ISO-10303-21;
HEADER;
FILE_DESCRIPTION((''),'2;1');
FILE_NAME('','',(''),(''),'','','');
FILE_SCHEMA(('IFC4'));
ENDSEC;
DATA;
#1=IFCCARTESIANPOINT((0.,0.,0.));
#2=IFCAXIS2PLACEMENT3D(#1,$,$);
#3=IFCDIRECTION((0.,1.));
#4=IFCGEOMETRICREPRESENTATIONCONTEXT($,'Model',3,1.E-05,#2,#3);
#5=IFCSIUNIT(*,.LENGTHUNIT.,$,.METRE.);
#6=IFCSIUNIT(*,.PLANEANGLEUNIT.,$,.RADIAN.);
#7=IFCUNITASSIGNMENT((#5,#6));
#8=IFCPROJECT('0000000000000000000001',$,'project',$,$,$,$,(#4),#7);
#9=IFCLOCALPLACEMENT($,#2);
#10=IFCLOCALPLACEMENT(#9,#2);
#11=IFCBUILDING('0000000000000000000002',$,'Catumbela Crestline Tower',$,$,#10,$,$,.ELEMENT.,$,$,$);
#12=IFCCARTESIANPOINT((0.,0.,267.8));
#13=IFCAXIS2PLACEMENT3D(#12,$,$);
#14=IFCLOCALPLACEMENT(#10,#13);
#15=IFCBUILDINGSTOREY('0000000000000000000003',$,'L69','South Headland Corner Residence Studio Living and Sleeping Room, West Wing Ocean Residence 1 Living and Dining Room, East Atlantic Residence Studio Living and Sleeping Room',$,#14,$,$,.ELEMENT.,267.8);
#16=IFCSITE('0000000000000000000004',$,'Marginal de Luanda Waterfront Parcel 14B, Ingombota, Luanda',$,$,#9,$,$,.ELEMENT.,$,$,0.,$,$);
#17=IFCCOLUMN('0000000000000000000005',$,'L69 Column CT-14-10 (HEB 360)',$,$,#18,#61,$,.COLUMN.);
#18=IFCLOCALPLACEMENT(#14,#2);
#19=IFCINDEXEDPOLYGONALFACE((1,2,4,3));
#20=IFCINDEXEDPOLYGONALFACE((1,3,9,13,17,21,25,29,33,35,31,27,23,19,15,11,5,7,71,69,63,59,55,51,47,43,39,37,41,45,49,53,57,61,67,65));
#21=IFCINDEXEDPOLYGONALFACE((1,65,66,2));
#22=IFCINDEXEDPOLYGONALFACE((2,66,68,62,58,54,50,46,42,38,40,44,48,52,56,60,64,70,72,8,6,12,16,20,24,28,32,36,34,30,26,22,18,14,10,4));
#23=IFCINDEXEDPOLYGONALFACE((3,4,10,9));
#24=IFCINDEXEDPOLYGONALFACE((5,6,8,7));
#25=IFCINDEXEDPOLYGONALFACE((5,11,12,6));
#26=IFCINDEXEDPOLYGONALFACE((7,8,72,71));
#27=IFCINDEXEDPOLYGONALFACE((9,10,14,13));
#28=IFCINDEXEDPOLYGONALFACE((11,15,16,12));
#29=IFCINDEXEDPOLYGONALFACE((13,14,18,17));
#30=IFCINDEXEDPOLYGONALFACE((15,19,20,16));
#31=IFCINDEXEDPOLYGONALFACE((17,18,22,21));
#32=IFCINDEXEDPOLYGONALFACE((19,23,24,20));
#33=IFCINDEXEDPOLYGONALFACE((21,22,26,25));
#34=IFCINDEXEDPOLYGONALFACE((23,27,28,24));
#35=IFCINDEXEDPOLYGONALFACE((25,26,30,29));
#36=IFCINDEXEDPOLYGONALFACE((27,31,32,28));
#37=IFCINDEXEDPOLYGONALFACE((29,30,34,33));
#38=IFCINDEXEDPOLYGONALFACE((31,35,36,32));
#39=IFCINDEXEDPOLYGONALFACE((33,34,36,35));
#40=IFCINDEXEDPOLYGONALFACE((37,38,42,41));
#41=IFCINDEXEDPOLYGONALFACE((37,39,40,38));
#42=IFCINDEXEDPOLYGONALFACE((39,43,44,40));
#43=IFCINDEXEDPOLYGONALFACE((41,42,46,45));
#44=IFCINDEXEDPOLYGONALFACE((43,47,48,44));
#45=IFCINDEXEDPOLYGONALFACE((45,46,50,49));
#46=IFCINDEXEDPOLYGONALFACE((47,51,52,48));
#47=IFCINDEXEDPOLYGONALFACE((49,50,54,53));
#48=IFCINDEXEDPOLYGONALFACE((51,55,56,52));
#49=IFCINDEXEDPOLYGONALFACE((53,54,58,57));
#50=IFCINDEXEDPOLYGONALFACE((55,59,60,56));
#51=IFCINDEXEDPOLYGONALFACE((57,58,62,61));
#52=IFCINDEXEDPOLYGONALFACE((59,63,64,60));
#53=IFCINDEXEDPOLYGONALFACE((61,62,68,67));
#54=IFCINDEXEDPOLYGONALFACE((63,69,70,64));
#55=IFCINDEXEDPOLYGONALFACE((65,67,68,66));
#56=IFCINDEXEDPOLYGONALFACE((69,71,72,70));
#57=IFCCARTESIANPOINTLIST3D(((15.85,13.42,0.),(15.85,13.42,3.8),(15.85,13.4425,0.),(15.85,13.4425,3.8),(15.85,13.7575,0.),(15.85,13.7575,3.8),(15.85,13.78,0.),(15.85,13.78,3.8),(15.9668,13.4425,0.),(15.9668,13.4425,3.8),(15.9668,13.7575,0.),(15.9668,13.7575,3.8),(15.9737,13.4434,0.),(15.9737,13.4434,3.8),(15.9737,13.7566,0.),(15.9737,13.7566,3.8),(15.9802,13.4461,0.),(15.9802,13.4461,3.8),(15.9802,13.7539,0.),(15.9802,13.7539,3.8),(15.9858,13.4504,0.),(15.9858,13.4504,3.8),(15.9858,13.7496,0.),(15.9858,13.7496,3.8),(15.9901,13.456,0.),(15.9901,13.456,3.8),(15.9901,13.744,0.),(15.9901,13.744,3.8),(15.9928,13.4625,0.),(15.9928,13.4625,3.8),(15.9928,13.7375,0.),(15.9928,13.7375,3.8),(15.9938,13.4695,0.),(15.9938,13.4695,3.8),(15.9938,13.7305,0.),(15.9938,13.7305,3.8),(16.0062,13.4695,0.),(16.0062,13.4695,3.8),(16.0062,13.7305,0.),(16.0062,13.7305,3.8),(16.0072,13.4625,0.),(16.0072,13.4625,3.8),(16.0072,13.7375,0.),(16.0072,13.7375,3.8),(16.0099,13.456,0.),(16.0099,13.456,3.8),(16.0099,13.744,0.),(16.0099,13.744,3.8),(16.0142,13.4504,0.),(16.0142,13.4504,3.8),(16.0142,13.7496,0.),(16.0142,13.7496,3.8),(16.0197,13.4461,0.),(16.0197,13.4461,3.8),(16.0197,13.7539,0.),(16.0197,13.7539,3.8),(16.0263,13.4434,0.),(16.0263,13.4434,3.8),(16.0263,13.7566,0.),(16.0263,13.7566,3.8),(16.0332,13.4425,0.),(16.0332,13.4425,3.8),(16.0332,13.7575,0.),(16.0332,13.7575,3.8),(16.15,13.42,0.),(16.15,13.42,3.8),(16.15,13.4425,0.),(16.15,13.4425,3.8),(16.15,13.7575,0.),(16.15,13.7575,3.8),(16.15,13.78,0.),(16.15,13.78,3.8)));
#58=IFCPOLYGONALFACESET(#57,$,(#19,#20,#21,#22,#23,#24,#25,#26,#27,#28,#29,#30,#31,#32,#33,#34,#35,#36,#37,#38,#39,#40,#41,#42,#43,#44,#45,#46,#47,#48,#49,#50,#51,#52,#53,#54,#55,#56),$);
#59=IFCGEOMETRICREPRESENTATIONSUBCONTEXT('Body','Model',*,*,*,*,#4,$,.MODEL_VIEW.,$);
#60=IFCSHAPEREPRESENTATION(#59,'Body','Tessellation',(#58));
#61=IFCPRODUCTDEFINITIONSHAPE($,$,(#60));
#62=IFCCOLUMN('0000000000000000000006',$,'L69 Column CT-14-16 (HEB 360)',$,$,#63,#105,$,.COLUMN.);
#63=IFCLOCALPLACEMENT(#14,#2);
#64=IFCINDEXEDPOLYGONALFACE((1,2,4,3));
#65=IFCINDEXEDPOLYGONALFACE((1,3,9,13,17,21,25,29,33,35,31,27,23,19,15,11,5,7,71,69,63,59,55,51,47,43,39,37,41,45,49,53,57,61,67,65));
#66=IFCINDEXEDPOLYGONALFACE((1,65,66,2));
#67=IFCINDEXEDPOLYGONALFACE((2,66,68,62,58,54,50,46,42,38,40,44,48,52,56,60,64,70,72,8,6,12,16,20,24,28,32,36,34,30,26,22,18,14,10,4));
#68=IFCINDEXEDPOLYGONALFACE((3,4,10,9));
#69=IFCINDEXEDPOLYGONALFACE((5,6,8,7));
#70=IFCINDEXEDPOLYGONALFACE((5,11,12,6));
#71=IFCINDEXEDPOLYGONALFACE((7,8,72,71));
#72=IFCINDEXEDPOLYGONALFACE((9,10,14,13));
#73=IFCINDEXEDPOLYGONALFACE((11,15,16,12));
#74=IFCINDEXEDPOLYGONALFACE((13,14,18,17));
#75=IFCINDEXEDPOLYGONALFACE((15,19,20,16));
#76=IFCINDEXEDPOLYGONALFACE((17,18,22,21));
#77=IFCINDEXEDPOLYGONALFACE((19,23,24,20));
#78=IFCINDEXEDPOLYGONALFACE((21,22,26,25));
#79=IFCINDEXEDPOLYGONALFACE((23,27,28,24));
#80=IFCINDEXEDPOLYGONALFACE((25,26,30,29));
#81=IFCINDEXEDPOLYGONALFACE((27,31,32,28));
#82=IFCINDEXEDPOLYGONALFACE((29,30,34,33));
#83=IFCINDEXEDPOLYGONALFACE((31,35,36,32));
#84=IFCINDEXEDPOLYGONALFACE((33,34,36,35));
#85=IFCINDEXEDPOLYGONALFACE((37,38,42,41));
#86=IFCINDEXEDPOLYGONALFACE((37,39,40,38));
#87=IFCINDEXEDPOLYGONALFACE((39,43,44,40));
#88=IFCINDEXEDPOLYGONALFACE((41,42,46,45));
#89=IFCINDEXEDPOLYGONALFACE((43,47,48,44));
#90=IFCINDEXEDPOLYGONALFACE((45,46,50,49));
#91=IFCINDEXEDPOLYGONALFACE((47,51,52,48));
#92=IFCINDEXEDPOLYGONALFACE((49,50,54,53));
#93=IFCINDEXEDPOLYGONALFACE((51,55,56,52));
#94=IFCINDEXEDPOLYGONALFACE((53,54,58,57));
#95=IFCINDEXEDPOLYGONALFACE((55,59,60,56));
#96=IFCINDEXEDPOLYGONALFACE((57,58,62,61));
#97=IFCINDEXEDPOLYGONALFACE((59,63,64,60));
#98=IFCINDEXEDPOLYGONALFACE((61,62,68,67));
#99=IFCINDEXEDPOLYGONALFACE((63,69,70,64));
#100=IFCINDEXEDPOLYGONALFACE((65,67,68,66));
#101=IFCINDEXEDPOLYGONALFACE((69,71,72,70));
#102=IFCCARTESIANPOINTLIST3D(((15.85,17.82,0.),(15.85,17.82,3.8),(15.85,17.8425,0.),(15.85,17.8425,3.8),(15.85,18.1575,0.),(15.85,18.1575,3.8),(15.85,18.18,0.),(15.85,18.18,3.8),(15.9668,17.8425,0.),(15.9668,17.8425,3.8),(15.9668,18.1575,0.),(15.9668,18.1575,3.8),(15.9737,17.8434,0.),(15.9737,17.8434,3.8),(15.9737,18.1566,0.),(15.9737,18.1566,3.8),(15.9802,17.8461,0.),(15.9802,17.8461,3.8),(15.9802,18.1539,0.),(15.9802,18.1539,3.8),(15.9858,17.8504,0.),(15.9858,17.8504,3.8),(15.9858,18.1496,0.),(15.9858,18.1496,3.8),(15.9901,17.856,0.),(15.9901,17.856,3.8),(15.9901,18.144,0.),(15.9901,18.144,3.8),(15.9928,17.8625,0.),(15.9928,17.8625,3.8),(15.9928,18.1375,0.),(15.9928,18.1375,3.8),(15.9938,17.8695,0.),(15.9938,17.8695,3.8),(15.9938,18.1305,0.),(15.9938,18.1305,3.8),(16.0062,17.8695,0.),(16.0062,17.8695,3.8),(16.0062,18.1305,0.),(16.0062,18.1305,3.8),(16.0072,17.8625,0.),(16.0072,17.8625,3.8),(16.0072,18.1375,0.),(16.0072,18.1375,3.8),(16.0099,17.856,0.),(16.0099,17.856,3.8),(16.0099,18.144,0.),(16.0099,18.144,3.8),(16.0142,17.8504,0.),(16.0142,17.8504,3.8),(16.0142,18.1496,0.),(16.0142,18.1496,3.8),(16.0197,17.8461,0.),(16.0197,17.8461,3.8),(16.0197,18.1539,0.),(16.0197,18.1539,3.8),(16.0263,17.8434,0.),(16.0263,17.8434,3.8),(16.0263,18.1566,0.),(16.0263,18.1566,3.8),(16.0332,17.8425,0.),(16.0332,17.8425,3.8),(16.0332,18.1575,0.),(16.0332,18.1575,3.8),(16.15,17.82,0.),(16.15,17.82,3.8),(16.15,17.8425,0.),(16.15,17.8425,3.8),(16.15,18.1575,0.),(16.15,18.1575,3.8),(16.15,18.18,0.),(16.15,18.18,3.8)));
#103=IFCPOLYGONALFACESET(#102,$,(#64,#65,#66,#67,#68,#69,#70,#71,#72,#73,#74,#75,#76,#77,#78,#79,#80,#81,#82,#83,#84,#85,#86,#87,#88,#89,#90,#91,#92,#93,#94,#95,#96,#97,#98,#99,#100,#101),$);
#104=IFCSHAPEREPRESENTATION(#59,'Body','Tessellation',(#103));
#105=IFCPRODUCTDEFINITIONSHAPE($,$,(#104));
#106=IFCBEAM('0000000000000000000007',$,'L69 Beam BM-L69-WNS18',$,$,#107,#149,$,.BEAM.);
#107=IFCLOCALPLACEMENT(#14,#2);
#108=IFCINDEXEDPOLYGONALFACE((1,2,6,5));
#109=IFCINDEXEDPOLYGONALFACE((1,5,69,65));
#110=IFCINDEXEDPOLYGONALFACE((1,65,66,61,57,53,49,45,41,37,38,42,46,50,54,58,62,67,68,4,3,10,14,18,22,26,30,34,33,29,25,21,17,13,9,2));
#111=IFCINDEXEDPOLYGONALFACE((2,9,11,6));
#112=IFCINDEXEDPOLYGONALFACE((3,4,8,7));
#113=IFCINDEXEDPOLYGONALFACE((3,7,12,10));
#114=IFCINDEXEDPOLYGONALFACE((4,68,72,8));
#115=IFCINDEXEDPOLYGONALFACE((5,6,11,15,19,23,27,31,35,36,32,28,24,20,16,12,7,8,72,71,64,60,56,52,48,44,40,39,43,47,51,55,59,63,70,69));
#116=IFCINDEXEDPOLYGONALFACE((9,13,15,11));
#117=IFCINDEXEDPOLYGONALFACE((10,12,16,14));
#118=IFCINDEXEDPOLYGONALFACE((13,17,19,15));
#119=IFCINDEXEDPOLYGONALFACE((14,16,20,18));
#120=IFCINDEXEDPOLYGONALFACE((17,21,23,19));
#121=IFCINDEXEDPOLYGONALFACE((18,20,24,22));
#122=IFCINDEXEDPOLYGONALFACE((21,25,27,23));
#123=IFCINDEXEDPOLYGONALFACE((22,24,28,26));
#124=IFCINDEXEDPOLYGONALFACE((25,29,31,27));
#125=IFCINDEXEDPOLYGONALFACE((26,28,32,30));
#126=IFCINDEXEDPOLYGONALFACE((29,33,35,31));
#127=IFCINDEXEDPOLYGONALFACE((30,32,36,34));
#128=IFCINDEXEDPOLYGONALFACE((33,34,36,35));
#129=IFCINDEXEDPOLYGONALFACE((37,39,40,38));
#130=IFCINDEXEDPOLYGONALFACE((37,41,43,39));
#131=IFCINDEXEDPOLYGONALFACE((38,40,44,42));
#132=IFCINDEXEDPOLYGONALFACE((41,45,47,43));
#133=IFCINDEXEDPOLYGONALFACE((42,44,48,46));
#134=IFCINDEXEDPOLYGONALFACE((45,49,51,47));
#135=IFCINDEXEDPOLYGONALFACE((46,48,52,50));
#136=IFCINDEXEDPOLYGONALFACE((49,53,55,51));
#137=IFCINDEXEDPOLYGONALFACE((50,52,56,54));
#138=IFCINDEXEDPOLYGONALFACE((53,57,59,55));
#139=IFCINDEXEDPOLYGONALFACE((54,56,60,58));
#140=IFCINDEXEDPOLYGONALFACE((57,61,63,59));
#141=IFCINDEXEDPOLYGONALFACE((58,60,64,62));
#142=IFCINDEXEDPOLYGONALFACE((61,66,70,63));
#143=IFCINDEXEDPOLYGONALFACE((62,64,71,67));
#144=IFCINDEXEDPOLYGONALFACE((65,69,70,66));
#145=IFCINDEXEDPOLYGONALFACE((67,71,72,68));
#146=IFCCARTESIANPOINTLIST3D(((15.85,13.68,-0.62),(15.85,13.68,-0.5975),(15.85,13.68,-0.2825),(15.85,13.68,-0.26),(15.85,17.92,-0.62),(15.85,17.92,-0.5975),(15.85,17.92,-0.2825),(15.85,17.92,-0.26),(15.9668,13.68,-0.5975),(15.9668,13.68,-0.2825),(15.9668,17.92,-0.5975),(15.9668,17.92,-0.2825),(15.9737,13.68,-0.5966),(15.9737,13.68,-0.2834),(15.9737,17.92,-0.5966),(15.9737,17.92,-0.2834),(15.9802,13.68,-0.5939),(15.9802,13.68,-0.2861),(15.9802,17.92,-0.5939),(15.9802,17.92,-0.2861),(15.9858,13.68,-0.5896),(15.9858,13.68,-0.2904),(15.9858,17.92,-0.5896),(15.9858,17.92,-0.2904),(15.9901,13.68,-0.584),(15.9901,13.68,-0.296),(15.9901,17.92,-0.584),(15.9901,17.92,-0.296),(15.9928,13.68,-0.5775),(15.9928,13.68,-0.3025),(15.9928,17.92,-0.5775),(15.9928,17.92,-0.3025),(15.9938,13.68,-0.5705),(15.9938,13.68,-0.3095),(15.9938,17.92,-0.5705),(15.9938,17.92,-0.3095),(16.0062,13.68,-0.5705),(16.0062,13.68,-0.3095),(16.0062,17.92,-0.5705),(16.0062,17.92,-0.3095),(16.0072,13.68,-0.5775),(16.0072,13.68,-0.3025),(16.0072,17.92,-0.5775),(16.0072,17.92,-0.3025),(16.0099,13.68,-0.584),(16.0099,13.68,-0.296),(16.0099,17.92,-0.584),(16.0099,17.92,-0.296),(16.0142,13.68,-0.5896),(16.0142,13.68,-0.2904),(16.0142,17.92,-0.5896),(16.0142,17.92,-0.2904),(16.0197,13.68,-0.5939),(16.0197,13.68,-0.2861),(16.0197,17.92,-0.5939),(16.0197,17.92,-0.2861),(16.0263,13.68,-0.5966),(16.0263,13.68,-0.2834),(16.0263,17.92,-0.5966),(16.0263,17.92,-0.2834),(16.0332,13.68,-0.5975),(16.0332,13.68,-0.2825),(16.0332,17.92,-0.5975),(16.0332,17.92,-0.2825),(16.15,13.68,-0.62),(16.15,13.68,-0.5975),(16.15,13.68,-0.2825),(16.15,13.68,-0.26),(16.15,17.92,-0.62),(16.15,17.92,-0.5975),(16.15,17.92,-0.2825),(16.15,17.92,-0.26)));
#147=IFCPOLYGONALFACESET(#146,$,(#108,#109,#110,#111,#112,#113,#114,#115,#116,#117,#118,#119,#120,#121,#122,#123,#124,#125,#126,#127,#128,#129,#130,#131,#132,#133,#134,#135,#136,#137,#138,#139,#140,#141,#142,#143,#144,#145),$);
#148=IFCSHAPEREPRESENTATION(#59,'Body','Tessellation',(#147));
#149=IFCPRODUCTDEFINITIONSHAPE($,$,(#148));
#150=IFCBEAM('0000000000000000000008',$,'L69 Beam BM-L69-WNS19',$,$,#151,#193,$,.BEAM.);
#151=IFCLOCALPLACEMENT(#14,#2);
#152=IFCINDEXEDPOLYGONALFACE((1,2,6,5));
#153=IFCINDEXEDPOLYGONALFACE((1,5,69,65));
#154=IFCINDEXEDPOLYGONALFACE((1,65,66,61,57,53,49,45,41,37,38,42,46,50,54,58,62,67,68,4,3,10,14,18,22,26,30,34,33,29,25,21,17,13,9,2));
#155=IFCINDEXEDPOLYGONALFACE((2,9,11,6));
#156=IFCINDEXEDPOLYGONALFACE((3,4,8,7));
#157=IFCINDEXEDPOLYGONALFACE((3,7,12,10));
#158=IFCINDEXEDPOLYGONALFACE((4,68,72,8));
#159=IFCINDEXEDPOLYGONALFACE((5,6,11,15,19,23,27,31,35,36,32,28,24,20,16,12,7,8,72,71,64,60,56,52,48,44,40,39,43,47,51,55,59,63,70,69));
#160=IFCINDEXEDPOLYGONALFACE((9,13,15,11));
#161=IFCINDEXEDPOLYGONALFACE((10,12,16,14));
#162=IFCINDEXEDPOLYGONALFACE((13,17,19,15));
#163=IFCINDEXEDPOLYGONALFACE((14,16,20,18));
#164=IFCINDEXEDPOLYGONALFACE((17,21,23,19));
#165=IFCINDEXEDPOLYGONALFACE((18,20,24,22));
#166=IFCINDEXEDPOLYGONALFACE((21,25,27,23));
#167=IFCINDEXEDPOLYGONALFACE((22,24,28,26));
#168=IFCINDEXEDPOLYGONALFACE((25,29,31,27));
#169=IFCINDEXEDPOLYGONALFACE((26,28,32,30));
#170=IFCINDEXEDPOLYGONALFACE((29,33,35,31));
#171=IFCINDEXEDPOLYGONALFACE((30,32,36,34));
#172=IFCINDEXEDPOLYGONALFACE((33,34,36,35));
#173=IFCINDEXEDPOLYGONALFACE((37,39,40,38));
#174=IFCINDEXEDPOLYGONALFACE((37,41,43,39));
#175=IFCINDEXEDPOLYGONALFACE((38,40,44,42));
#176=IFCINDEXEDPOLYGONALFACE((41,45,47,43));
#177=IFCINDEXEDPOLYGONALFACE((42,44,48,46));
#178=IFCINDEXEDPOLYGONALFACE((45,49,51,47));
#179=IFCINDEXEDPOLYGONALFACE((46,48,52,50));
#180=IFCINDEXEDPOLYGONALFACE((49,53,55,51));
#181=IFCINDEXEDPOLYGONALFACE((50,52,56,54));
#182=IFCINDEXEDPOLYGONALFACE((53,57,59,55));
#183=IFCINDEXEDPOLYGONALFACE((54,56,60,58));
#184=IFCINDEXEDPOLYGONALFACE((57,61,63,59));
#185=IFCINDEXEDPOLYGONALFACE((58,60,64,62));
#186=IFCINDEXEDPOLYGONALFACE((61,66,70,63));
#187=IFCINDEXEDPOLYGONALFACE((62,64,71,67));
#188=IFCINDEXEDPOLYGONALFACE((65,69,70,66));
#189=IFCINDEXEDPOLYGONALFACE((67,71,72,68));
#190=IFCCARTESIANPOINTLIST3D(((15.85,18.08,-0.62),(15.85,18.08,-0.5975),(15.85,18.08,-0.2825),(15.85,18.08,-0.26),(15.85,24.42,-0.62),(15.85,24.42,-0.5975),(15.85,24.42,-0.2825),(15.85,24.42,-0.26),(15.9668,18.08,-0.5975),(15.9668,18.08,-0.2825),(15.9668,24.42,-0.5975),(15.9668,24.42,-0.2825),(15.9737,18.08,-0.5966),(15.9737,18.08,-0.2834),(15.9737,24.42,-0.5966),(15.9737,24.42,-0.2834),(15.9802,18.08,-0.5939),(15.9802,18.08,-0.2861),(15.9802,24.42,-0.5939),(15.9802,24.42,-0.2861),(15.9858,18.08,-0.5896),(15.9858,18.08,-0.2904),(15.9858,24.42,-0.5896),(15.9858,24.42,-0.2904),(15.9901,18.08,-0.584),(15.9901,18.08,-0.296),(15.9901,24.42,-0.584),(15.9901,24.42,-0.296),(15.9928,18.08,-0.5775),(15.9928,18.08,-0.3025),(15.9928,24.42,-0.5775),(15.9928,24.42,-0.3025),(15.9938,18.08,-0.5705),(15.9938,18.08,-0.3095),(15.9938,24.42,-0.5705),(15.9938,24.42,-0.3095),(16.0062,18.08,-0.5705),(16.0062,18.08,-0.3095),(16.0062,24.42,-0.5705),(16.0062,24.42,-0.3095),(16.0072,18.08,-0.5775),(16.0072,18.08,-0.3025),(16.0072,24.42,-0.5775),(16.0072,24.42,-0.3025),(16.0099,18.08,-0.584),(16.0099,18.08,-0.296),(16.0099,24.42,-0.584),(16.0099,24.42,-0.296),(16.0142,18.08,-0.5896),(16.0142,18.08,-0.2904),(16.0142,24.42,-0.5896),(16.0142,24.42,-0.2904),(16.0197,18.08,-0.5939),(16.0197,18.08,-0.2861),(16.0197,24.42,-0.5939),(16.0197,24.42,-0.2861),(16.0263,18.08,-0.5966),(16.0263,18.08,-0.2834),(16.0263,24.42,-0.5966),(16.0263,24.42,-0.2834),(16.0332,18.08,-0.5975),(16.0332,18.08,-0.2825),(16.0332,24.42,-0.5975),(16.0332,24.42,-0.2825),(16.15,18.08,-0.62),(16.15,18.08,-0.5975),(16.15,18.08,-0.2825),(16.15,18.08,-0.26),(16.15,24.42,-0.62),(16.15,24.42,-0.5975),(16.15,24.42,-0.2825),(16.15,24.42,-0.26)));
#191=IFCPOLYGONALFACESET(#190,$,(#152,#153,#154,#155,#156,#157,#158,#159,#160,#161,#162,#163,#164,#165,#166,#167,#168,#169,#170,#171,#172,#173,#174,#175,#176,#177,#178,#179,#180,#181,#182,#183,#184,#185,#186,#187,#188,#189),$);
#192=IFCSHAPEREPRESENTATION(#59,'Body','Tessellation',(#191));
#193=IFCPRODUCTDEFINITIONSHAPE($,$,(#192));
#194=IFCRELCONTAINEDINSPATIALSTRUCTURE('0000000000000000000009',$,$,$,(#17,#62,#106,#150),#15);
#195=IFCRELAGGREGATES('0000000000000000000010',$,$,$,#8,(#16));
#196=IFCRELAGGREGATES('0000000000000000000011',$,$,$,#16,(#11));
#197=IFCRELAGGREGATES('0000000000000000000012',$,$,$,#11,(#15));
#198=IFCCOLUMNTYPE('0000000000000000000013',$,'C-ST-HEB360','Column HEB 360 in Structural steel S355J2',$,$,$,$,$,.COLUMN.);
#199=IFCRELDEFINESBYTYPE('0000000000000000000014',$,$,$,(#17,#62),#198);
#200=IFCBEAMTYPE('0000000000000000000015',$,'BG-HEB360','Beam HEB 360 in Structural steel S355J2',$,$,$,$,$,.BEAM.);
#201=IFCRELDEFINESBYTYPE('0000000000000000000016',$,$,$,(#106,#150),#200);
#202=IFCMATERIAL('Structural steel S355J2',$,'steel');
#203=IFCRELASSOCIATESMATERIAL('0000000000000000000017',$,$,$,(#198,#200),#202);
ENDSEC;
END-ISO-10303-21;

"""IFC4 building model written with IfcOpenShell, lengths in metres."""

from ifc_helpers import new_model, si_unit, direction, frame, origin, origin_2d, place, context, subcontext, project, spatial, i_section, extrude, material, material_profile, profile_set, type_object, element, save


model = new_model("IFC4")

# Units and contexts
model_context = context("Model", 3, precision=1e-05, world=origin(), true_north=direction((0.0, 1.0)))
body_context = subcontext(model_context, "Body", "Model", "MODEL_VIEW")
ifc_project = project(units=[si_unit("LENGTHUNIT", "METRE"), si_unit("PLANEANGLEUNIT", "RADIAN")], contexts=[model_context])

# Site, building, storey
site_placement = place(None, origin())
site = spatial("IfcSite", under=ifc_project, at=site_placement, Name="Marginal de Luanda Waterfront Parcel 14B, Ingombota, Luanda", CompositionType="ELEMENT", RefElevation=0.0)
building_placement = place(site_placement, origin())
building = spatial("IfcBuilding", under=site, at=building_placement, Name="Catumbela Crestline Tower", CompositionType="ELEMENT")
storey_placement = place(building_placement, frame((0.0, 0.0, 267.8)))
storey = spatial("IfcBuildingStorey", under=building, at=storey_placement, Name="L69", Description="South Headland Corner Residence Studio Living and Sleeping Room, West Wing Ocean Residence 1 Living and Dining Room, East Atlantic Residence Studio Living and Sleeping Room", CompositionType="ELEMENT", Elevation=267.8)

# Columns
ifc_material_1 = material(Name="Structural steel S355J2", Category="steel")
ifc_material_profile_1 = material_profile(ifc_material_1, i_section(OverallWidth=0.3, OverallDepth=0.36, WebThickness=0.0125, FlangeThickness=0.0225, FilletRadius=0.027, at=origin_2d()), Name="HEB 360")
ifc_profile_set_1 = profile_set([ifc_material_profile_1], Name="Structural steel S355J2")
column_type = type_object("IfcColumnType", Name="C-ST-HEB360", Description="Column HEB 360 in Structural steel S355J2", PredefinedType="COLUMN", material=ifc_profile_set_1)
for number, where, z_axis, x_axis, name in (
    (1, (16.0, 13.6, 0.0), (0.0, 0.0, 1.0), (1.0, 0.0, 0.0), "L69 Column CT-14-10 (HEB 360)"),
    (2, (16.0, 18.0, 0.0), (0.0, 0.0, 1.0), (1.0, 0.0, 0.0), "L69 Column CT-14-16 (HEB 360)"),
):
    element("IfcColumn", number, at=place(storey_placement, frame(where, z_axis=z_axis, x_axis=x_axis)), inside=storey, type_object=column_type, Name=name, PredefinedType="COLUMN", context=body_context, shape_type="SweptSolid", body=[
        extrude(i_section(OverallWidth=0.3, OverallDepth=0.36, WebThickness=0.0125, FlangeThickness=0.0225, FilletRadius=0.027, at=origin_2d()), origin(), (0.0, 0.0, 1.0), 3.8),
    ])

# Beams
ifc_material_profile_2 = material_profile(ifc_material_1, i_section(OverallWidth=0.3, OverallDepth=0.36, WebThickness=0.0125, FlangeThickness=0.0225, FilletRadius=0.027, at=origin_2d()), Name="HEB 360")
ifc_profile_set_2 = profile_set([ifc_material_profile_2], Name="Structural steel S355J2")
beam_type = type_object("IfcBeamType", Name="BG-HEB360", Description="Beam HEB 360 in Structural steel S355J2", PredefinedType="BEAM", material=ifc_profile_set_2)
beam_1_placement = place(storey_placement, frame((16.0, 13.68, -0.44), z_axis=(0.0, 1.0, 0.0), x_axis=(-1.0, 0.0, 0.0)))
element("IfcBeam", 3, at=beam_1_placement, inside=storey, type_object=beam_type, Name="L69 Beam BM-L69-WNS18", PredefinedType="BEAM", context=body_context, shape_type="SweptSolid", body=[
    extrude(i_section(OverallWidth=0.3, OverallDepth=0.36, WebThickness=0.0125, FlangeThickness=0.0225, FilletRadius=0.027, at=origin_2d()), origin(), (0.0, 0.0, 1.0), 4.24),
])
beam_2_placement = place(storey_placement, frame((16.0, 18.08, -0.44), z_axis=(0.0, 1.0, 0.0), x_axis=(-1.0, 0.0, 0.0)))
element("IfcBeam", 4, at=beam_2_placement, inside=storey, type_object=beam_type, Name="L69 Beam BM-L69-WNS19", PredefinedType="BEAM", context=body_context, shape_type="SweptSolid", body=[
    extrude(i_section(OverallWidth=0.3, OverallDepth=0.36, WebThickness=0.0125, FlangeThickness=0.0225, FilletRadius=0.027, at=origin_2d()), origin(), (0.0, 0.0, 1.0), 6.34),
])

save(model, "model.ifc")
